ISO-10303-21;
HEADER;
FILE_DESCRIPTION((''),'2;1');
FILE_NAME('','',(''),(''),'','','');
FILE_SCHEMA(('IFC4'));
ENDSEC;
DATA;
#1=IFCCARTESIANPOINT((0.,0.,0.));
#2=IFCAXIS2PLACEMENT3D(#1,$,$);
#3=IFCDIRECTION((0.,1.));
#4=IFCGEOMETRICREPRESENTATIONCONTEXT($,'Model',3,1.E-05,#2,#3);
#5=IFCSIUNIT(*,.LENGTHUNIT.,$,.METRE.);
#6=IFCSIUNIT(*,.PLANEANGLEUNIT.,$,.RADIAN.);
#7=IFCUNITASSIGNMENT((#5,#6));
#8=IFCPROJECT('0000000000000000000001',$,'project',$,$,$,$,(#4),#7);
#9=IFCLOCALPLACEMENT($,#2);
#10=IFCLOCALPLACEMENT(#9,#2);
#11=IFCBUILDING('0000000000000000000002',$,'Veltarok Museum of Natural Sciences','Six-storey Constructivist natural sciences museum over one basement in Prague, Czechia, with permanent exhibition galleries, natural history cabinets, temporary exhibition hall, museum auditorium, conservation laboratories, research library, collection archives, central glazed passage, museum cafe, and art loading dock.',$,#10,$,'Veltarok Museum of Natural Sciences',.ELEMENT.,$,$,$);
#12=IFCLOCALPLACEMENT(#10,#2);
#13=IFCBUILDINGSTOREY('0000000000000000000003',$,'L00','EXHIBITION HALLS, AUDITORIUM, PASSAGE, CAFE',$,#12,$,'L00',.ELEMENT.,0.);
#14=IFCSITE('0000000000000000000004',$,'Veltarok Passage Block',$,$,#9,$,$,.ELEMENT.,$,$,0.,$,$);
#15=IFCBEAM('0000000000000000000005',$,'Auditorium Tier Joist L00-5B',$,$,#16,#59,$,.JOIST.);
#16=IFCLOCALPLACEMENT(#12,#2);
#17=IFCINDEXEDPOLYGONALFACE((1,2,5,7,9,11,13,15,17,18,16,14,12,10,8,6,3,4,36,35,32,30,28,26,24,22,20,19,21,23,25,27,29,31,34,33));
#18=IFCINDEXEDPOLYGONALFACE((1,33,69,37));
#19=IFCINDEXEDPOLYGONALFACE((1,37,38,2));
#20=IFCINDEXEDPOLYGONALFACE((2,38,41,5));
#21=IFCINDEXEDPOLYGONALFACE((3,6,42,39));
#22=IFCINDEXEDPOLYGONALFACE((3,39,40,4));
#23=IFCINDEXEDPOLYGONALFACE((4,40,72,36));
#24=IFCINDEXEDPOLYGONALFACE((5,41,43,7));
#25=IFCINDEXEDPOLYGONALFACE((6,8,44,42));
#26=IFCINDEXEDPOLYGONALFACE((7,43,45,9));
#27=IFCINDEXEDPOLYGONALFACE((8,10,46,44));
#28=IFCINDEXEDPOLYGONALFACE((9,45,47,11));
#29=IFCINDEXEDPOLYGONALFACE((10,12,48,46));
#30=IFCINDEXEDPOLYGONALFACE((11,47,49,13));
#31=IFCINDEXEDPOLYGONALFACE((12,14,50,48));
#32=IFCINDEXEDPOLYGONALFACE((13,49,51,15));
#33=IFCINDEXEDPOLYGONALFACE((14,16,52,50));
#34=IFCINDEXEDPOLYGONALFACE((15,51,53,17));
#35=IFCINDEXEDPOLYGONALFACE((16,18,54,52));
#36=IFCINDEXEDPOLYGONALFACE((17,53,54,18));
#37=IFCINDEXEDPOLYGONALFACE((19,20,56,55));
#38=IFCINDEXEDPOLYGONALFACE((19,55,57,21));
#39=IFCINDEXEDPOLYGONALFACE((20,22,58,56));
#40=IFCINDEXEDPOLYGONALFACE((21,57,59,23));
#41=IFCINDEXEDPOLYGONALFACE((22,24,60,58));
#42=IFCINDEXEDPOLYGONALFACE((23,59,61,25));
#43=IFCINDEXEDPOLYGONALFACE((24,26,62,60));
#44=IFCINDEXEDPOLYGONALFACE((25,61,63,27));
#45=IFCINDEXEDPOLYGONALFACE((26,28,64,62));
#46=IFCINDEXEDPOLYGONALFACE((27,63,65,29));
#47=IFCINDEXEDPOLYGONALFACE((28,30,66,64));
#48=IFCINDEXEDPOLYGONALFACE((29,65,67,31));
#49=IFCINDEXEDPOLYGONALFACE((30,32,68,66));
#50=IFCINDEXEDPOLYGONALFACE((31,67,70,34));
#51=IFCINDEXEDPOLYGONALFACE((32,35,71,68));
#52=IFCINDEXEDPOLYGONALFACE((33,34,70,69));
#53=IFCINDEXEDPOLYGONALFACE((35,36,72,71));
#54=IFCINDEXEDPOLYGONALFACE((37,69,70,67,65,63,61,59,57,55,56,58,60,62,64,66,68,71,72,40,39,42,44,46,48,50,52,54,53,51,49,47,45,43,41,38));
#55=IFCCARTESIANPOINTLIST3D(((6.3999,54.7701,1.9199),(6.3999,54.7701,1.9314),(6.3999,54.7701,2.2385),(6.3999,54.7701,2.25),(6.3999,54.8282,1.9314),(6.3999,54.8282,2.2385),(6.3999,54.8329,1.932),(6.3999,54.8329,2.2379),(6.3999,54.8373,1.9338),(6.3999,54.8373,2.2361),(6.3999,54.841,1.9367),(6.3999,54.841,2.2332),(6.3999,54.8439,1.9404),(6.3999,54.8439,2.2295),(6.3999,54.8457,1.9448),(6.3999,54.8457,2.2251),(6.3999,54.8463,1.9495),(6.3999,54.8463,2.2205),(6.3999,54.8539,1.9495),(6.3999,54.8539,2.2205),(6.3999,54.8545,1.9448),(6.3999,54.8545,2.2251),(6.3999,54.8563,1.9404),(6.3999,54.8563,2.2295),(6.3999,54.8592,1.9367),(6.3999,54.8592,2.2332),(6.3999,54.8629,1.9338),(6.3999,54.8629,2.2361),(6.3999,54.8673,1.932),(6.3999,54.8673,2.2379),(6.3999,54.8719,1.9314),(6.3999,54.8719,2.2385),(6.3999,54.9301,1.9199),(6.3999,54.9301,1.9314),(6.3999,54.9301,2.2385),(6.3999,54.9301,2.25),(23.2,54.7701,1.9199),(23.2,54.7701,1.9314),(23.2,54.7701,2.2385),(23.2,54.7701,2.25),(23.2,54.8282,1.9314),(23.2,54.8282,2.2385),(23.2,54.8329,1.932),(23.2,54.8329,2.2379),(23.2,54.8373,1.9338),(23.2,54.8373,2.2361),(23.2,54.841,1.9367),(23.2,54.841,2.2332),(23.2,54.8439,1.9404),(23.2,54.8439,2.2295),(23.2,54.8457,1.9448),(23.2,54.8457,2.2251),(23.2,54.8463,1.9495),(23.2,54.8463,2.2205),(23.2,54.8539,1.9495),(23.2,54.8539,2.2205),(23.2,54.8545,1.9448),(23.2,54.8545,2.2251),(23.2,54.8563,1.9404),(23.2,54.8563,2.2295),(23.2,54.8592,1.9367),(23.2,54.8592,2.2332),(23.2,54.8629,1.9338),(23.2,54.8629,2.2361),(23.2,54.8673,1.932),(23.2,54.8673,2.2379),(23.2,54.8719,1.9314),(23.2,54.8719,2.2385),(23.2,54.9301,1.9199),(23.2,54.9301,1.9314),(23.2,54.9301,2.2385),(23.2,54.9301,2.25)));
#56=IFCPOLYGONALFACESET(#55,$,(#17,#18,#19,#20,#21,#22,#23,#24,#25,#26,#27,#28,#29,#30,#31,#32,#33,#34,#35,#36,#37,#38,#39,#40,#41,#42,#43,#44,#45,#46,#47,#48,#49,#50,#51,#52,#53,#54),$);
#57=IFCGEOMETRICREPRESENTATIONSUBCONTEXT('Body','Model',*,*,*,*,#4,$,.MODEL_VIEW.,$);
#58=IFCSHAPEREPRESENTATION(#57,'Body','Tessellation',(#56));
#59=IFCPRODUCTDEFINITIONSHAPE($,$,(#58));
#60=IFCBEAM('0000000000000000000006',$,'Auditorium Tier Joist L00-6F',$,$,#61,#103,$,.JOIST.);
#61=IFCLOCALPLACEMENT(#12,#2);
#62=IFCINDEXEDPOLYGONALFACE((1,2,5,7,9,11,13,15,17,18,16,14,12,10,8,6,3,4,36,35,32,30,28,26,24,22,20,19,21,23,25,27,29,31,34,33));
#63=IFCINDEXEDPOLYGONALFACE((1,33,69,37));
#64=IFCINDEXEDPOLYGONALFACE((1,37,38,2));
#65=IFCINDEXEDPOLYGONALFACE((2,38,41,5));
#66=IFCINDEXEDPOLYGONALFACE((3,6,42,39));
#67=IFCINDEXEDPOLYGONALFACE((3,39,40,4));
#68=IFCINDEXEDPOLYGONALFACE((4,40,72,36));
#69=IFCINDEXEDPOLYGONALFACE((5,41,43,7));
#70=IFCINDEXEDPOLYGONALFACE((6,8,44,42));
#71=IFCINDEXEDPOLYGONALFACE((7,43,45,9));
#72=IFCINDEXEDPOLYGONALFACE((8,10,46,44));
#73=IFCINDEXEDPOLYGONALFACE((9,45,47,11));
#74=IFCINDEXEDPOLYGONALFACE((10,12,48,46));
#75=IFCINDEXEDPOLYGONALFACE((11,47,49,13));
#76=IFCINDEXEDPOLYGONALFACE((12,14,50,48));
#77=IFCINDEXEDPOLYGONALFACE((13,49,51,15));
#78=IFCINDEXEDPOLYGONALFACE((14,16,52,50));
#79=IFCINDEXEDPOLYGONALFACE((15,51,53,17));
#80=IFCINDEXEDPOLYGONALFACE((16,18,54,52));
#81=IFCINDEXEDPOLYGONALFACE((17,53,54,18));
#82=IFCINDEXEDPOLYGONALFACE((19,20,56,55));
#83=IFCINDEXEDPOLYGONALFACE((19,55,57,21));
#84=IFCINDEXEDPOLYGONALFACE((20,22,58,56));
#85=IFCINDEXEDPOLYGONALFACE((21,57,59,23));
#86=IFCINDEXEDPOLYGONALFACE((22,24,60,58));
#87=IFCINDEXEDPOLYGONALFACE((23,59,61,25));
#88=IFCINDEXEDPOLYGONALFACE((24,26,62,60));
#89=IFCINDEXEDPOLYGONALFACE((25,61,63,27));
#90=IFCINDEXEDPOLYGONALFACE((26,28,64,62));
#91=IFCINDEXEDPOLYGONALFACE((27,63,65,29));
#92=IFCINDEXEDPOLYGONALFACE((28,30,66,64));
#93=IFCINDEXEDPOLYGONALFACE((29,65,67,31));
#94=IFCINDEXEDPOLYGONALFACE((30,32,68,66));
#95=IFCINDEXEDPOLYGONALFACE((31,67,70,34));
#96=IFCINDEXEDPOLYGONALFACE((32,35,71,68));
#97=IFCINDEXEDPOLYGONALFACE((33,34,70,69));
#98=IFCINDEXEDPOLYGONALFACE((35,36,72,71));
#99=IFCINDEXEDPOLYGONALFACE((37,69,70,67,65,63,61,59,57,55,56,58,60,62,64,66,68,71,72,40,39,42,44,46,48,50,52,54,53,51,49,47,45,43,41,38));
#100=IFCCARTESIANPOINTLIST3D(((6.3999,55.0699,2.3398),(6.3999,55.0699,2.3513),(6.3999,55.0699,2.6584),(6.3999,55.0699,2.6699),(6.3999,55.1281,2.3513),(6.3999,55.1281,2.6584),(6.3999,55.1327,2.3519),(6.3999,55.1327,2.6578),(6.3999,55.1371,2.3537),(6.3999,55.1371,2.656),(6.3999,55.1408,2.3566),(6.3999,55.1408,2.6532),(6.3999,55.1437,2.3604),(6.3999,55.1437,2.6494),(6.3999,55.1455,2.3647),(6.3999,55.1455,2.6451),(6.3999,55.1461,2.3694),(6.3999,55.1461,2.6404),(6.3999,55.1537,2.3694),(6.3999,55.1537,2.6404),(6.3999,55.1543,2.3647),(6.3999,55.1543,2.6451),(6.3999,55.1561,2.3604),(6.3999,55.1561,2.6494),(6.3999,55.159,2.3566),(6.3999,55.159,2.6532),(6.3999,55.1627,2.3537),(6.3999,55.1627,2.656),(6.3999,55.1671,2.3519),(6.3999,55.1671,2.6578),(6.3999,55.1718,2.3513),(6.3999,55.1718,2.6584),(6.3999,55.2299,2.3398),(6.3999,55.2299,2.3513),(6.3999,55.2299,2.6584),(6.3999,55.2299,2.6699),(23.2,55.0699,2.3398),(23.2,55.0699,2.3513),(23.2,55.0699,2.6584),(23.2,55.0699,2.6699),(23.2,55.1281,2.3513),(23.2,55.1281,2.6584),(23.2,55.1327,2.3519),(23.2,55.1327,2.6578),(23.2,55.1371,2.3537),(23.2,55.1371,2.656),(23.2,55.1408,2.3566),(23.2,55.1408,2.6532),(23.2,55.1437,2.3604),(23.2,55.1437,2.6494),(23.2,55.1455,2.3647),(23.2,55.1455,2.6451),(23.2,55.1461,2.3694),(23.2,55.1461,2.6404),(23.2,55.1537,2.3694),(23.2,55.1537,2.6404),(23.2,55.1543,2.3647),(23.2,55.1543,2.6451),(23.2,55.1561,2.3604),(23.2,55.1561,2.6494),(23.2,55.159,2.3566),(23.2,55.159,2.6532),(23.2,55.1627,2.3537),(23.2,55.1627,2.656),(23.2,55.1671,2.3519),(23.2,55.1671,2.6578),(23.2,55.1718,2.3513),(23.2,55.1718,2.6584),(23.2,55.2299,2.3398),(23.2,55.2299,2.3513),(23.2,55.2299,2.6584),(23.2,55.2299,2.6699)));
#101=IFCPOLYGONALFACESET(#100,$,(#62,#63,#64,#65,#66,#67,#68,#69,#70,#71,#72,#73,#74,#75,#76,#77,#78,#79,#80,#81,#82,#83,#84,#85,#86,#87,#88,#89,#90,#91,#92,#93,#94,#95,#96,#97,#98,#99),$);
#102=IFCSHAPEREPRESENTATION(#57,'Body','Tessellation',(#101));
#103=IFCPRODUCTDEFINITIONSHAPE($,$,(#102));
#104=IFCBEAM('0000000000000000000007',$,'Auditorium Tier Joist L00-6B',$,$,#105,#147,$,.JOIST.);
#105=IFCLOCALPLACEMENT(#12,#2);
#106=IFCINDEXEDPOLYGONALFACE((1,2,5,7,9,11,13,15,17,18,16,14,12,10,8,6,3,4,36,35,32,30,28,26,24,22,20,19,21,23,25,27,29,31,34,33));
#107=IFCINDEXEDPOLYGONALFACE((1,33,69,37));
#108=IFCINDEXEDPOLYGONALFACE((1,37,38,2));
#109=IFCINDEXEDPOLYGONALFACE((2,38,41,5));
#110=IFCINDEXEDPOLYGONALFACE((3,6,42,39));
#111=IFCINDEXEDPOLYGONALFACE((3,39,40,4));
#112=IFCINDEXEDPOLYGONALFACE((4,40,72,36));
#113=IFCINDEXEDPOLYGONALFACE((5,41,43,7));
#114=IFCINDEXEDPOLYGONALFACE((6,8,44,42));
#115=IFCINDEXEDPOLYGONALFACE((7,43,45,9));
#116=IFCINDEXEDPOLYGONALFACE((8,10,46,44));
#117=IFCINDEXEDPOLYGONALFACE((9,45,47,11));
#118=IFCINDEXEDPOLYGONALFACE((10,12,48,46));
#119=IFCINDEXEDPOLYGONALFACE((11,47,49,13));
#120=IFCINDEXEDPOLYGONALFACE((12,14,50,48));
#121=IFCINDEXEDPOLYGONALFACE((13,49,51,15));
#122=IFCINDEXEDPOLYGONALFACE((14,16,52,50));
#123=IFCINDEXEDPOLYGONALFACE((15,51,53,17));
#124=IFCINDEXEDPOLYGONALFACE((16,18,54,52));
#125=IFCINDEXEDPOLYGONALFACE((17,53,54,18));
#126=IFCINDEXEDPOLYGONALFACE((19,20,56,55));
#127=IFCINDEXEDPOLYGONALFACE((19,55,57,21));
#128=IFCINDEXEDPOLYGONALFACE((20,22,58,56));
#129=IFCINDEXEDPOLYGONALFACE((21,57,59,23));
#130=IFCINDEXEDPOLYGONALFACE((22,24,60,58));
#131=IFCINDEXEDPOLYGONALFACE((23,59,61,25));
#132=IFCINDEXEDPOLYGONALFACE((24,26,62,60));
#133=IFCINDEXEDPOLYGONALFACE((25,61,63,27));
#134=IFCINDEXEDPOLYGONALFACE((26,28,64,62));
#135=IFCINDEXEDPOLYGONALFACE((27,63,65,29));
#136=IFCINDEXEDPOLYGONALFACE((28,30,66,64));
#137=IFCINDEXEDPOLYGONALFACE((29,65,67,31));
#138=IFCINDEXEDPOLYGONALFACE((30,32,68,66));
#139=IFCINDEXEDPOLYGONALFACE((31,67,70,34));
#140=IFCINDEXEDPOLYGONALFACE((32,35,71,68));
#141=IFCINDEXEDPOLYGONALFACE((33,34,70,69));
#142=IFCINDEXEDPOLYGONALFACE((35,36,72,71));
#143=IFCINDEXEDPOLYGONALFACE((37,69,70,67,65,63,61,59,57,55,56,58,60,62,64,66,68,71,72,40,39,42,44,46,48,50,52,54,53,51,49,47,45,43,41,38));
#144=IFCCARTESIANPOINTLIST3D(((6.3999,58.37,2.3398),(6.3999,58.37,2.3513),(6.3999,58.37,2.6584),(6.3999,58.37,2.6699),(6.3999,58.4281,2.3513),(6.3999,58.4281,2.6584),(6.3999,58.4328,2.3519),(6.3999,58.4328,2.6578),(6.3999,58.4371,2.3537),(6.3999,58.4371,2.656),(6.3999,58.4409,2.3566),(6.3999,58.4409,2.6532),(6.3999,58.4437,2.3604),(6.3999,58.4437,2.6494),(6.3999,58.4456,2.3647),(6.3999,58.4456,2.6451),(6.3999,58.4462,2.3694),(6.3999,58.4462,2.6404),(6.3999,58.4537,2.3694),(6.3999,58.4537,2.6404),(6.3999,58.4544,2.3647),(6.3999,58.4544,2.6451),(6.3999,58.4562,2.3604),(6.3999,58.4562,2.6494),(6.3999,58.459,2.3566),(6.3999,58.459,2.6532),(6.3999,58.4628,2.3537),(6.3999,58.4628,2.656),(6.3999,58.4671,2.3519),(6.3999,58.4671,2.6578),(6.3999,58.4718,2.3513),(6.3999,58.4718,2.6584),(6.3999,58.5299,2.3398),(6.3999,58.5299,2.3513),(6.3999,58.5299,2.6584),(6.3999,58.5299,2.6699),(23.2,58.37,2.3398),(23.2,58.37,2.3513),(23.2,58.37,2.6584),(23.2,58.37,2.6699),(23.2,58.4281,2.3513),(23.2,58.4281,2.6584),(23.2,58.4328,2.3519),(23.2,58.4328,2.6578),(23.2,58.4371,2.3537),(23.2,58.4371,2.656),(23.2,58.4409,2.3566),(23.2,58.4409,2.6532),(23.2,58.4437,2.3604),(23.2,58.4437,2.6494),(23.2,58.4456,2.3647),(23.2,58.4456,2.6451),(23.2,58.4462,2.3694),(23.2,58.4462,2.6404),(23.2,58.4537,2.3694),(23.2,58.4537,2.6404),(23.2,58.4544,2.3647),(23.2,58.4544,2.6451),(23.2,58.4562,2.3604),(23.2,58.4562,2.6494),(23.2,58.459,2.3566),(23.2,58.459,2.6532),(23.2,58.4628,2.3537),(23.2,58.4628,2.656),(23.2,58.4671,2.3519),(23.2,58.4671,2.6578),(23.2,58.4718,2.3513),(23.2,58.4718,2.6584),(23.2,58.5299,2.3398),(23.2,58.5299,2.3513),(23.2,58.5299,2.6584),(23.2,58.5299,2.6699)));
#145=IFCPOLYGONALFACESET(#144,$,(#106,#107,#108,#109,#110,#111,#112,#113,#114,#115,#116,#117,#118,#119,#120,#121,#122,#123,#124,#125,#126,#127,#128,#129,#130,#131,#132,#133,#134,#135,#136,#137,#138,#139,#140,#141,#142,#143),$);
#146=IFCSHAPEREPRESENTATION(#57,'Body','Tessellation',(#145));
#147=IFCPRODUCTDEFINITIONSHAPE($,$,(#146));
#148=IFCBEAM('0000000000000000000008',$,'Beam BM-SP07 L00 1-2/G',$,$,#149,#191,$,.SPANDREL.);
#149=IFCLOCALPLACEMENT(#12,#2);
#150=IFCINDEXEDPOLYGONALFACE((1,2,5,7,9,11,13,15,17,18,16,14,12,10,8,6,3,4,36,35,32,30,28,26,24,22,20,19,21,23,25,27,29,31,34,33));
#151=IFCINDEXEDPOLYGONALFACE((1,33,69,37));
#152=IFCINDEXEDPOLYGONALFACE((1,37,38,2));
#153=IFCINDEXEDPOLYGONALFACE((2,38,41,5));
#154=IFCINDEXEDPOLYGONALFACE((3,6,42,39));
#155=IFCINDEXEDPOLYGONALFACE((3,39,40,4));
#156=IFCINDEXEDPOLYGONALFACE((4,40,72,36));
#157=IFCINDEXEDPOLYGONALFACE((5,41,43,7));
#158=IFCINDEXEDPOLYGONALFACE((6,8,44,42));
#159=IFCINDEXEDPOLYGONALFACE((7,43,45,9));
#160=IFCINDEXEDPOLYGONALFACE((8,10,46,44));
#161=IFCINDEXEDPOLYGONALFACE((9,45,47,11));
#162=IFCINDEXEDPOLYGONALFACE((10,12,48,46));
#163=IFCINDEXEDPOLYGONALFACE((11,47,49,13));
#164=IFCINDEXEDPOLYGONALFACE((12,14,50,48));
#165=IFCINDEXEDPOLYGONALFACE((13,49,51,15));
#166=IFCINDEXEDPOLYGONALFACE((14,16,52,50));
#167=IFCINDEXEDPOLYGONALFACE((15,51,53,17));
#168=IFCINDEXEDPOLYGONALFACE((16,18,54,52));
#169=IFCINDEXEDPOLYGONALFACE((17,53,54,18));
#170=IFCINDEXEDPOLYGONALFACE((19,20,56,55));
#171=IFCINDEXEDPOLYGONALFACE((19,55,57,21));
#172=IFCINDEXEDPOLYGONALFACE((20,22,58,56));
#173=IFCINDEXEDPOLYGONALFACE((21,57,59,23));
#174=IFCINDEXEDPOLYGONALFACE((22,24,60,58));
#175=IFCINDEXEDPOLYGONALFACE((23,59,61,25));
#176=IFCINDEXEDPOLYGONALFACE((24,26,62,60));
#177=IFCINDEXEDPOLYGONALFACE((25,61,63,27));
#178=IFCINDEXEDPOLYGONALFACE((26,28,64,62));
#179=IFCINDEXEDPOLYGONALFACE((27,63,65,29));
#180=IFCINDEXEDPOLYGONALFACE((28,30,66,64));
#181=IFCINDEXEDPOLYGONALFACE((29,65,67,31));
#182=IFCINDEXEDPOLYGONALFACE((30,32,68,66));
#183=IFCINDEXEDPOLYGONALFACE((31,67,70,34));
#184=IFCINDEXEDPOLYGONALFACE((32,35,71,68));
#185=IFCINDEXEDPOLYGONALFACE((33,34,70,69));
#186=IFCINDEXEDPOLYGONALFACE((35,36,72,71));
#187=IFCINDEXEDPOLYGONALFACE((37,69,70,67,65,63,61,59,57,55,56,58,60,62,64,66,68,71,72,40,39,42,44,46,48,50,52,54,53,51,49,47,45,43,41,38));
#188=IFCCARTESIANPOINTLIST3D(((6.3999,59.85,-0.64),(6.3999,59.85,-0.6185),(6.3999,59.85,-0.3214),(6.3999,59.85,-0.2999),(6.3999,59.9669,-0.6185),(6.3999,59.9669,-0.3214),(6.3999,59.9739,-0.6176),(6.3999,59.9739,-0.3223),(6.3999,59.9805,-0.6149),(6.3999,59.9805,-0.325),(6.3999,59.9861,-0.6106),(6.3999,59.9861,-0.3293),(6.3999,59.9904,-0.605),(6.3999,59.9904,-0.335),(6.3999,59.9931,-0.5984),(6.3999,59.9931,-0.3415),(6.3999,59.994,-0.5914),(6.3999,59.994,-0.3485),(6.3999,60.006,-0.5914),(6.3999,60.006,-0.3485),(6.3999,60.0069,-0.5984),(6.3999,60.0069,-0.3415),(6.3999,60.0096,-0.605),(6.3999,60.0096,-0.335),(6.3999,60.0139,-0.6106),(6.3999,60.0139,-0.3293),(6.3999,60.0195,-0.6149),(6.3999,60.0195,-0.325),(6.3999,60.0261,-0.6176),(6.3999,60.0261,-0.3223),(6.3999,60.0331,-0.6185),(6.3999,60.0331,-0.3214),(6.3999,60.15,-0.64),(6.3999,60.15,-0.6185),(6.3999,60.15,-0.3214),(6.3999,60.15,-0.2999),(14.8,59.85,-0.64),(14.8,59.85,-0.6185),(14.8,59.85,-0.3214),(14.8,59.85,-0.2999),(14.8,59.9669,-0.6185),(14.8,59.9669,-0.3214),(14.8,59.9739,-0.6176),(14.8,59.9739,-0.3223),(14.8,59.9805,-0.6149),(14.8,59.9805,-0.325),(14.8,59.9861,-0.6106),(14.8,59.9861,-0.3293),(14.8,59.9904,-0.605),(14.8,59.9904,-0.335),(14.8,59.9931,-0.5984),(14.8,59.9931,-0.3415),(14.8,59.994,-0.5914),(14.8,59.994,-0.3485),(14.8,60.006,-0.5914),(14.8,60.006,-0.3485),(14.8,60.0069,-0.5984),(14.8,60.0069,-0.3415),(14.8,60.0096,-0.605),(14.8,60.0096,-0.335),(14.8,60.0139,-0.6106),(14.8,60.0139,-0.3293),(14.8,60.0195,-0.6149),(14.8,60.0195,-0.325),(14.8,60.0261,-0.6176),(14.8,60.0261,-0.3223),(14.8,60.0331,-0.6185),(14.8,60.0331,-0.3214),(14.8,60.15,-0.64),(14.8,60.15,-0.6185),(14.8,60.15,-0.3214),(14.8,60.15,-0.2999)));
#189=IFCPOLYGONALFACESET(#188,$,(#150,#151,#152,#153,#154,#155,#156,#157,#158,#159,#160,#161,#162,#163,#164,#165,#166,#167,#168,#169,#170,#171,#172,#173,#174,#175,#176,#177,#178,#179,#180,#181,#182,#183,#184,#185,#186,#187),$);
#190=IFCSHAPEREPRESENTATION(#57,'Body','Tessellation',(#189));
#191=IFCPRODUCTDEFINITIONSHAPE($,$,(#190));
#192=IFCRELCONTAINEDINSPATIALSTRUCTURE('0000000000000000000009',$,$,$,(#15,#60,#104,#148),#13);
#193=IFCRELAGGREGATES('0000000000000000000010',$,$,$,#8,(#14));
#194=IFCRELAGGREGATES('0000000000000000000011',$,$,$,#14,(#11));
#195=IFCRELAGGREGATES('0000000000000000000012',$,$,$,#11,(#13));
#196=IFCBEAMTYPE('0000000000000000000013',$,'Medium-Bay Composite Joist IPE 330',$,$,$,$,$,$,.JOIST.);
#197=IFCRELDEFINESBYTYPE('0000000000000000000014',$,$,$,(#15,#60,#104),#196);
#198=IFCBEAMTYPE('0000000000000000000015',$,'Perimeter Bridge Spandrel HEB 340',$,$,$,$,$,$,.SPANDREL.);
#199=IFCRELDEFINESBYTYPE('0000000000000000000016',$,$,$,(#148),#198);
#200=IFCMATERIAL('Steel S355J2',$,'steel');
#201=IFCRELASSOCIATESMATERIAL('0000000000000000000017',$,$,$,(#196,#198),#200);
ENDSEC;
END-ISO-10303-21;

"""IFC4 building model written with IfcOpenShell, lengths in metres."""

from ifc_helpers import new_model, si_unit, direction, frame, origin, origin_2d, place, context, subcontext, project, spatial, i_section, extrude, material, material_profile, profile_set, type_object, element, save


model = new_model("IFC4")

# Units and contexts
model_context = context("Model", 3, precision=1e-05, world=origin(), true_north=direction((0.0, 1.0)))
body_context = subcontext(model_context, "Body", "Model", "MODEL_VIEW")
ifc_project = project(units=[si_unit("LENGTHUNIT", "METRE"), si_unit("PLANEANGLEUNIT", "RADIAN")], contexts=[model_context])

# Site, building, storey
site_placement = place(None, origin())
site = spatial("IfcSite", under=ifc_project, at=site_placement, Name="Veltarok Passage Block", CompositionType="ELEMENT", RefElevation=0.0)
building_placement = place(site_placement, origin())
building = spatial("IfcBuilding", under=site, at=building_placement, Name="Veltarok Museum of Natural Sciences", Description="Six-storey Constructivist natural sciences museum over one basement in Prague, Czechia, with permanent exhibition galleries, natural history cabinets, temporary exhibition hall, museum auditorium, conservation laboratories, research library, collection archives, central glazed passage, museum cafe, and art loading dock.", LongName="Veltarok Museum of Natural Sciences", CompositionType="ELEMENT")
storey_placement = place(building_placement, origin())
storey = spatial("IfcBuildingStorey", under=building, at=storey_placement, Name="L00", Description="EXHIBITION HALLS, AUDITORIUM, PASSAGE, CAFE", LongName="L00", CompositionType="ELEMENT", Elevation=0.0)

# Shared definitions
ifc_material_1 = material(Name="Steel S355J2", Category="steel")

# Beams
ifc_material_profile_1 = material_profile(ifc_material_1, i_section(OverallWidth=0.1599, OverallDepth=0.3301, WebThickness=0.0076, FlangeThickness=0.0115, FilletRadius=0.0181, at=origin_2d()), Name="IPE 330")
ifc_profile_set_1 = profile_set([ifc_material_profile_1], Name="Steel S355J2")
beam_type_1 = type_object("IfcBeamType", Name="Medium-Bay Composite Joist IPE 330", PredefinedType="JOIST", material=ifc_profile_set_1)
for number, where, z_axis, x_axis, name in (
    (1, (6.3999, 54.8501, 2.085), (1.0, 0.0, 0.0), (0.0, 1.0, 0.0), "Auditorium Tier Joist L00-5B"),
    (2, (6.3999, 55.1499, 2.5049), (1.0, 0.0, 0.0), (0.0, 1.0, 0.0), "Auditorium Tier Joist L00-6F"),
    (3, (6.3999, 58.45, 2.5049), (1.0, 0.0, 0.0), (0.0, 1.0, 0.0), "Auditorium Tier Joist L00-6B"),
):
    element("IfcBeam", number, at=place(storey_placement, frame(where, z_axis=z_axis, x_axis=x_axis)), inside=storey, type_object=beam_type_1, Name=name, PredefinedType="JOIST", context=body_context, shape_type="SweptSolid", body=[
        extrude(i_section(OverallWidth=0.1599, OverallDepth=0.3301, WebThickness=0.0076, FlangeThickness=0.0115, FilletRadius=0.0181, at=origin_2d()), origin(), (0.0, 0.0, 1.0), 16.8),
    ])
ifc_material_profile_2 = material_profile(ifc_material_1, i_section(OverallWidth=0.3, OverallDepth=0.3401, WebThickness=0.012, FlangeThickness=0.0215, FilletRadius=0.0271, at=origin_2d()), Name="HEB 340")
ifc_profile_set_2 = profile_set([ifc_material_profile_2], Name="Steel S355J2")
beam_type_2 = type_object("IfcBeamType", Name="Perimeter Bridge Spandrel HEB 340", PredefinedType="SPANDREL", material=ifc_profile_set_2)
beam_1_placement = place(storey_placement, frame((6.3999, 60.0, -0.47), z_axis=(1.0, 0.0, 0.0), x_axis=(0.0, 1.0, 0.0)))
element("IfcBeam", 4, at=beam_1_placement, inside=storey, type_object=beam_type_2, Name="Beam BM-SP07 L00 1-2/G", PredefinedType="SPANDREL", context=body_context, shape_type="SweptSolid", body=[
    extrude(i_section(OverallWidth=0.3, OverallDepth=0.3401, WebThickness=0.012, FlangeThickness=0.0215, FilletRadius=0.0271, at=origin_2d()), origin(), (0.0, 0.0, 1.0), 8.4001),
])

save(model, "model.ifc")
